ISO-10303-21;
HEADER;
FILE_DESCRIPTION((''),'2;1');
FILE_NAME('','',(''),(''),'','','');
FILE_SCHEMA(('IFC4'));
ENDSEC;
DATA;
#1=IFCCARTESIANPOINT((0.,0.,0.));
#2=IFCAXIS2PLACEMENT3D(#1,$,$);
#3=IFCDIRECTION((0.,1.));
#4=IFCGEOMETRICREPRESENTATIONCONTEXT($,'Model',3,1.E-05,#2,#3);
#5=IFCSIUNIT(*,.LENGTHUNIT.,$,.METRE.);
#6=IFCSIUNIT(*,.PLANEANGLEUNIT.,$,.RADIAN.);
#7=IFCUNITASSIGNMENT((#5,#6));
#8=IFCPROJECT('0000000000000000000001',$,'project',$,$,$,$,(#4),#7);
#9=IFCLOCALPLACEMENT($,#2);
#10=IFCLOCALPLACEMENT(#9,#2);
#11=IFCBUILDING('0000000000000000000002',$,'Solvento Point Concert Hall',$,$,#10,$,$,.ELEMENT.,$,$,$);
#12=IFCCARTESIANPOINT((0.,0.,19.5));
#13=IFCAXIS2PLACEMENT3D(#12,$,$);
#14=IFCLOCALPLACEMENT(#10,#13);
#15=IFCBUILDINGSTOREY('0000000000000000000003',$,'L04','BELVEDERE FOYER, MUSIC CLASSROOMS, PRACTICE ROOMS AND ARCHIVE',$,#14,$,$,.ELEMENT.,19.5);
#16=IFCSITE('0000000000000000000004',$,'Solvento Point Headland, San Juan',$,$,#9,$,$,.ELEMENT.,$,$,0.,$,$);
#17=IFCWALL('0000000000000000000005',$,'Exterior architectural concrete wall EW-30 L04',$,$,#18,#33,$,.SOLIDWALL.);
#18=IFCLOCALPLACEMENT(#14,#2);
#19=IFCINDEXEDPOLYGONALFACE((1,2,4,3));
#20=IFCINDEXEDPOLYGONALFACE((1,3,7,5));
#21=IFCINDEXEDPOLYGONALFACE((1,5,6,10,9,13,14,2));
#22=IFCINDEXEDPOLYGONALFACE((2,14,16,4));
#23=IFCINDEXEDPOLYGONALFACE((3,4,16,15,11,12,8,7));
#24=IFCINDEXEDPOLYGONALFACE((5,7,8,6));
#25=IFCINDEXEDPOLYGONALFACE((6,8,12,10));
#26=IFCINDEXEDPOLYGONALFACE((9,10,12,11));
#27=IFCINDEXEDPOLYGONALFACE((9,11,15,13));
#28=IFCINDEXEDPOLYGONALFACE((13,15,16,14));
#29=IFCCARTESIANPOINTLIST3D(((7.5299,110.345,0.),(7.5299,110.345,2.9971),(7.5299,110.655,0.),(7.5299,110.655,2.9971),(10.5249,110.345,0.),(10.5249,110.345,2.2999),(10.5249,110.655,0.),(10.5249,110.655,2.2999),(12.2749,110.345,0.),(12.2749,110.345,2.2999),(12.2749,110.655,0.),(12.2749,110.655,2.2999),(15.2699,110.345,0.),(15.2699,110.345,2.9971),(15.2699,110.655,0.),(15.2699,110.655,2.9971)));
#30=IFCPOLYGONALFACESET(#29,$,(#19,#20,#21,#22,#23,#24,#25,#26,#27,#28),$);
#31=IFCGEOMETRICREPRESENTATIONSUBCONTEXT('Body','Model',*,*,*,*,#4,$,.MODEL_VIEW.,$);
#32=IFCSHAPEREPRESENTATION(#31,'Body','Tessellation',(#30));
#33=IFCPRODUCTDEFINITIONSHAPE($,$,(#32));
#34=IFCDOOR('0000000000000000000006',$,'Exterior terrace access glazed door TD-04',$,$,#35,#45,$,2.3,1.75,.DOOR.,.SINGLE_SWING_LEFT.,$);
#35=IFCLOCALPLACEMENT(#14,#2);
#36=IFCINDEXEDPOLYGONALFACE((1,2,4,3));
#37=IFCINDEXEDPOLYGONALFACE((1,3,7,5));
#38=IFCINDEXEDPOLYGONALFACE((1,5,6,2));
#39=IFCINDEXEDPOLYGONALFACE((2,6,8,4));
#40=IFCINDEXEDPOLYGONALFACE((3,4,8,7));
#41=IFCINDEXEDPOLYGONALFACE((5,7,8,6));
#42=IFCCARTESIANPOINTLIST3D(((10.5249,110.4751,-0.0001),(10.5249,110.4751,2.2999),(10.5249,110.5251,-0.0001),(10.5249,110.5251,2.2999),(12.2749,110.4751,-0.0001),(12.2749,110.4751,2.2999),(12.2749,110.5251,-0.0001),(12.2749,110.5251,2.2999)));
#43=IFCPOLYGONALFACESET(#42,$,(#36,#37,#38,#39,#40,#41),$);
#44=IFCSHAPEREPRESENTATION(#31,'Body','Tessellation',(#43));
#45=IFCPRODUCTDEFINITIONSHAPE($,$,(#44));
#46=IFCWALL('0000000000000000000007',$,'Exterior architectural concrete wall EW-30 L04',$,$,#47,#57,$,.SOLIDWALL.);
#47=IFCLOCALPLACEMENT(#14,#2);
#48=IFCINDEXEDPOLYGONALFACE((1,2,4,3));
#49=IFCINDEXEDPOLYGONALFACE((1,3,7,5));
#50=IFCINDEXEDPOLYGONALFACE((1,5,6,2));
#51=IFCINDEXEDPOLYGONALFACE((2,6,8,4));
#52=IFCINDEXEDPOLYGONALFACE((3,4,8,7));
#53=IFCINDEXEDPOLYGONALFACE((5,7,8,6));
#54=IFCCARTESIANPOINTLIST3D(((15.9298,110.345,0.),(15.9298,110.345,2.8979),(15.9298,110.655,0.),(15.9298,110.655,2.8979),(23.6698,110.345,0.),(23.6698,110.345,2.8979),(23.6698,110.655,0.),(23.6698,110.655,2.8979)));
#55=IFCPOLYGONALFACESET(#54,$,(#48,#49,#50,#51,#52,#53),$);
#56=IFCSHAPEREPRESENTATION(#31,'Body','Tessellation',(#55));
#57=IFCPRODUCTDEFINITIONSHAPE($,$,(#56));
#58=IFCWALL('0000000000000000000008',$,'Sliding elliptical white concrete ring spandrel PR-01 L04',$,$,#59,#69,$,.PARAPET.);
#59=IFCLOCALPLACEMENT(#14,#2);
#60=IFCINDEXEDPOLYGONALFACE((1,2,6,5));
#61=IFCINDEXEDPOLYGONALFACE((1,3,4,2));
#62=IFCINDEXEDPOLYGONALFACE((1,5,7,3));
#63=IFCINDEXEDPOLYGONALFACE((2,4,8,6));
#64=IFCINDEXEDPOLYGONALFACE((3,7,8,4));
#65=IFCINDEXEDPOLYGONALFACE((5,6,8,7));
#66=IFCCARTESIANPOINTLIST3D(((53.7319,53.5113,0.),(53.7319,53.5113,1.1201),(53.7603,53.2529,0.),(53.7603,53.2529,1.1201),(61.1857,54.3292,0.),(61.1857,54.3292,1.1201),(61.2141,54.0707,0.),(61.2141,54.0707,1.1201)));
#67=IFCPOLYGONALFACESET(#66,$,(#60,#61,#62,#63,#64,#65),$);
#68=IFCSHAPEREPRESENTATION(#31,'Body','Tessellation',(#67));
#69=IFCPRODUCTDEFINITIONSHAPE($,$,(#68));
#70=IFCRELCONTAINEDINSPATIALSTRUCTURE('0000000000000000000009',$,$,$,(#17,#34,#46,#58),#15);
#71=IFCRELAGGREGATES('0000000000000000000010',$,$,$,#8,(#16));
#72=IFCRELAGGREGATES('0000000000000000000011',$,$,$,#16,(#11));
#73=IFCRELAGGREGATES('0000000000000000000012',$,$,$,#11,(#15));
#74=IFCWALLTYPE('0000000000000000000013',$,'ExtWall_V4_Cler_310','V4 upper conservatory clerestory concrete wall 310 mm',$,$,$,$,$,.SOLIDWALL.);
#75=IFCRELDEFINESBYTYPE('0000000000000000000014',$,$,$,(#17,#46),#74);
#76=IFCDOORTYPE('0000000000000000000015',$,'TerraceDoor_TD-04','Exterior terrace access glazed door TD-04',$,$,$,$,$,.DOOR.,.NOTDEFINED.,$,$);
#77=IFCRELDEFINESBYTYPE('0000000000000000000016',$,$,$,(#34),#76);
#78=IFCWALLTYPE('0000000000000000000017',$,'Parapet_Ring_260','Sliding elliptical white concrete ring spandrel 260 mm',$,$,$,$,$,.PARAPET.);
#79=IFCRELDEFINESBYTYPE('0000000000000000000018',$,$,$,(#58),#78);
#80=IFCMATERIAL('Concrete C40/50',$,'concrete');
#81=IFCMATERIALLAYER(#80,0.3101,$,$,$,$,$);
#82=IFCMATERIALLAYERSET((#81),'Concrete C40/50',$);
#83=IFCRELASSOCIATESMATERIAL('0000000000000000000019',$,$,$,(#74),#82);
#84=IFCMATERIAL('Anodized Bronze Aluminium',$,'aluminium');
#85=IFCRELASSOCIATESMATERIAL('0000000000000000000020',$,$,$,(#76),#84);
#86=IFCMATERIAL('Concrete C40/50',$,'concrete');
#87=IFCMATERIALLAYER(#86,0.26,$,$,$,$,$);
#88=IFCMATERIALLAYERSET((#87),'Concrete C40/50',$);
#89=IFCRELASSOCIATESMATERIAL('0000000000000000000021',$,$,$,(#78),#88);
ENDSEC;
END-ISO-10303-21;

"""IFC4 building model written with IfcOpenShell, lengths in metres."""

from ifc_helpers import new_model, si_unit, direction, frame, frame_2d, origin, place, context, subcontext, project, spatial, rectangle, extrude, material, layer, layer_set, type_object, element, fill, save


model = new_model("IFC4")

# Units and contexts
model_context = context("Model", 3, precision=1e-05, world=origin(), true_north=direction((0.0, 1.0)))
body_context = subcontext(model_context, "Body", "Model", "MODEL_VIEW")
ifc_project = project(units=[si_unit("LENGTHUNIT", "METRE"), si_unit("PLANEANGLEUNIT", "RADIAN")], contexts=[model_context])

# Site, building, storey
site_placement = place(None, origin())
site = spatial("IfcSite", under=ifc_project, at=site_placement, Name="Solvento Point Headland, San Juan", CompositionType="ELEMENT", RefElevation=0.0)
building_placement = place(site_placement, origin())
building = spatial("IfcBuilding", under=site, at=building_placement, Name="Solvento Point Concert Hall", CompositionType="ELEMENT")
storey_placement = place(building_placement, frame((0.0, 0.0, 19.5)))
storey = spatial("IfcBuildingStorey", under=building, at=storey_placement, Name="L04", Description="BELVEDERE FOYER, MUSIC CLASSROOMS, PRACTICE ROOMS AND ARCHIVE", CompositionType="ELEMENT", Elevation=19.5)

# Shared definitions
ifc_material_1 = material(Name="Concrete C40/50", Category="concrete")
ifc_layer_1 = layer(ifc_material_1, 0.3101)
ifc_layer_set_1 = layer_set([ifc_layer_1], Name="Concrete C40/50")
wall_type_1 = type_object("IfcWallType", Name="ExtWall_V4_Cler_310", Description="V4 upper conservatory clerestory concrete wall 310 mm", PredefinedType="SOLIDWALL", material=ifc_layer_set_1)

# Wall, opening, door
wall_1_placement = place(storey_placement, frame((15.27, 110.5, 0.0), z_axis=(0.0, 0.0, 1.0), x_axis=(-1.0, 0.0, 0.0)))
wall_1 = element("IfcWall", 1, at=wall_1_placement, inside=storey, type_object=wall_type_1, Name="Exterior architectural concrete wall EW-30 L04", PredefinedType="SOLIDWALL", context=body_context, shape_type="SweptSolid", body=[
    extrude(rectangle(XDim=7.74, YDim=0.3101, at=frame_2d((3.8701, 0.0))), origin(), (0.0, 0.0, 1.0), 2.9971),
])
opening_1_placement = place(wall_1_placement, frame((2.9951, 0.0, 0.0)))
opening_1 = element("IfcOpeningElement", 2, at=opening_1_placement, cuts=wall_1, PredefinedType="OPENING", context=body_context, shape_type="SweptSolid", body=[
    extrude(rectangle(XDim=1.75, YDim=2.3, at=frame_2d((0.875, 1.1499))), frame((0.0, 0.165, 0.0), z_axis=(0.0, -1.0, 0.0), x_axis=(1.0, 0.0, 0.0)), (0.0, 0.0, 1.0), 0.3301),
])
ifc_material_2 = material(Name="Anodized Bronze Aluminium", Category="aluminium")
door_type = type_object("IfcDoorType", Name="TerraceDoor_TD-04", Description="Exterior terrace access glazed door TD-04", OperationType="NOTDEFINED", PredefinedType="DOOR", material=ifc_material_2)
door_placement = place(opening_1_placement, origin())
door = element("IfcDoor", 3, at=door_placement, inside=storey, type_object=door_type, Name="Exterior terrace access glazed door TD-04", OperationType="SINGLE_SWING_LEFT", OverallHeight=2.3, OverallWidth=1.75, PredefinedType="DOOR", context=body_context, shape_type="SweptSolid", body=[
    extrude(rectangle(XDim=1.75, YDim=2.3, at=frame_2d((0.875, 1.1499))), frame((0.0, 0.0249, 0.0), z_axis=(0.0, -1.0, 0.0), x_axis=(1.0, 0.0, 0.0)), (0.0, 0.0, 1.0), 0.05),
])
fill(opening_1, door)

# Walls
wall_2_placement = place(storey_placement, frame((23.6699, 110.5, 0.0), z_axis=(0.0, 0.0, 1.0), x_axis=(-1.0, 0.0, 0.0)))
element("IfcWall", 4, at=wall_2_placement, inside=storey, type_object=wall_type_1, Name="Exterior architectural concrete wall EW-30 L04", PredefinedType="SOLIDWALL", context=body_context, shape_type="SweptSolid", body=[
    extrude(rectangle(XDim=7.74, YDim=0.3101, at=frame_2d((3.8701, 0.0))), origin(), (0.0, 0.0, 1.0), 2.8979),
])
ifc_material_3 = material(Name="Concrete C40/50", Category="concrete")
ifc_layer_2 = layer(ifc_material_3, 0.26)
ifc_layer_set_2 = layer_set([ifc_layer_2], Name="Concrete C40/50")
wall_type_2 = type_object("IfcWallType", Name="Parapet_Ring_260", Description="Sliding elliptical white concrete ring spandrel 260 mm", PredefinedType="PARAPET", material=ifc_layer_set_2)
wall_3_placement = place(storey_placement, frame((53.7461, 53.3821, 0.0), z_axis=(0.0, 0.0, 1.0), x_axis=(0.994034, 0.10907, 0.0)))
element("IfcWall", 5, at=wall_3_placement, inside=storey, type_object=wall_type_2, Name="Sliding elliptical white concrete ring spandrel PR-01 L04", PredefinedType="PARAPET", context=body_context, shape_type="SweptSolid", body=[
    extrude(rectangle(XDim=7.4985, YDim=0.26, at=frame_2d((3.7493, 0.0))), origin(), (0.0, 0.0, 1.0), 1.1201),
])

save(model, "model.ifc")
